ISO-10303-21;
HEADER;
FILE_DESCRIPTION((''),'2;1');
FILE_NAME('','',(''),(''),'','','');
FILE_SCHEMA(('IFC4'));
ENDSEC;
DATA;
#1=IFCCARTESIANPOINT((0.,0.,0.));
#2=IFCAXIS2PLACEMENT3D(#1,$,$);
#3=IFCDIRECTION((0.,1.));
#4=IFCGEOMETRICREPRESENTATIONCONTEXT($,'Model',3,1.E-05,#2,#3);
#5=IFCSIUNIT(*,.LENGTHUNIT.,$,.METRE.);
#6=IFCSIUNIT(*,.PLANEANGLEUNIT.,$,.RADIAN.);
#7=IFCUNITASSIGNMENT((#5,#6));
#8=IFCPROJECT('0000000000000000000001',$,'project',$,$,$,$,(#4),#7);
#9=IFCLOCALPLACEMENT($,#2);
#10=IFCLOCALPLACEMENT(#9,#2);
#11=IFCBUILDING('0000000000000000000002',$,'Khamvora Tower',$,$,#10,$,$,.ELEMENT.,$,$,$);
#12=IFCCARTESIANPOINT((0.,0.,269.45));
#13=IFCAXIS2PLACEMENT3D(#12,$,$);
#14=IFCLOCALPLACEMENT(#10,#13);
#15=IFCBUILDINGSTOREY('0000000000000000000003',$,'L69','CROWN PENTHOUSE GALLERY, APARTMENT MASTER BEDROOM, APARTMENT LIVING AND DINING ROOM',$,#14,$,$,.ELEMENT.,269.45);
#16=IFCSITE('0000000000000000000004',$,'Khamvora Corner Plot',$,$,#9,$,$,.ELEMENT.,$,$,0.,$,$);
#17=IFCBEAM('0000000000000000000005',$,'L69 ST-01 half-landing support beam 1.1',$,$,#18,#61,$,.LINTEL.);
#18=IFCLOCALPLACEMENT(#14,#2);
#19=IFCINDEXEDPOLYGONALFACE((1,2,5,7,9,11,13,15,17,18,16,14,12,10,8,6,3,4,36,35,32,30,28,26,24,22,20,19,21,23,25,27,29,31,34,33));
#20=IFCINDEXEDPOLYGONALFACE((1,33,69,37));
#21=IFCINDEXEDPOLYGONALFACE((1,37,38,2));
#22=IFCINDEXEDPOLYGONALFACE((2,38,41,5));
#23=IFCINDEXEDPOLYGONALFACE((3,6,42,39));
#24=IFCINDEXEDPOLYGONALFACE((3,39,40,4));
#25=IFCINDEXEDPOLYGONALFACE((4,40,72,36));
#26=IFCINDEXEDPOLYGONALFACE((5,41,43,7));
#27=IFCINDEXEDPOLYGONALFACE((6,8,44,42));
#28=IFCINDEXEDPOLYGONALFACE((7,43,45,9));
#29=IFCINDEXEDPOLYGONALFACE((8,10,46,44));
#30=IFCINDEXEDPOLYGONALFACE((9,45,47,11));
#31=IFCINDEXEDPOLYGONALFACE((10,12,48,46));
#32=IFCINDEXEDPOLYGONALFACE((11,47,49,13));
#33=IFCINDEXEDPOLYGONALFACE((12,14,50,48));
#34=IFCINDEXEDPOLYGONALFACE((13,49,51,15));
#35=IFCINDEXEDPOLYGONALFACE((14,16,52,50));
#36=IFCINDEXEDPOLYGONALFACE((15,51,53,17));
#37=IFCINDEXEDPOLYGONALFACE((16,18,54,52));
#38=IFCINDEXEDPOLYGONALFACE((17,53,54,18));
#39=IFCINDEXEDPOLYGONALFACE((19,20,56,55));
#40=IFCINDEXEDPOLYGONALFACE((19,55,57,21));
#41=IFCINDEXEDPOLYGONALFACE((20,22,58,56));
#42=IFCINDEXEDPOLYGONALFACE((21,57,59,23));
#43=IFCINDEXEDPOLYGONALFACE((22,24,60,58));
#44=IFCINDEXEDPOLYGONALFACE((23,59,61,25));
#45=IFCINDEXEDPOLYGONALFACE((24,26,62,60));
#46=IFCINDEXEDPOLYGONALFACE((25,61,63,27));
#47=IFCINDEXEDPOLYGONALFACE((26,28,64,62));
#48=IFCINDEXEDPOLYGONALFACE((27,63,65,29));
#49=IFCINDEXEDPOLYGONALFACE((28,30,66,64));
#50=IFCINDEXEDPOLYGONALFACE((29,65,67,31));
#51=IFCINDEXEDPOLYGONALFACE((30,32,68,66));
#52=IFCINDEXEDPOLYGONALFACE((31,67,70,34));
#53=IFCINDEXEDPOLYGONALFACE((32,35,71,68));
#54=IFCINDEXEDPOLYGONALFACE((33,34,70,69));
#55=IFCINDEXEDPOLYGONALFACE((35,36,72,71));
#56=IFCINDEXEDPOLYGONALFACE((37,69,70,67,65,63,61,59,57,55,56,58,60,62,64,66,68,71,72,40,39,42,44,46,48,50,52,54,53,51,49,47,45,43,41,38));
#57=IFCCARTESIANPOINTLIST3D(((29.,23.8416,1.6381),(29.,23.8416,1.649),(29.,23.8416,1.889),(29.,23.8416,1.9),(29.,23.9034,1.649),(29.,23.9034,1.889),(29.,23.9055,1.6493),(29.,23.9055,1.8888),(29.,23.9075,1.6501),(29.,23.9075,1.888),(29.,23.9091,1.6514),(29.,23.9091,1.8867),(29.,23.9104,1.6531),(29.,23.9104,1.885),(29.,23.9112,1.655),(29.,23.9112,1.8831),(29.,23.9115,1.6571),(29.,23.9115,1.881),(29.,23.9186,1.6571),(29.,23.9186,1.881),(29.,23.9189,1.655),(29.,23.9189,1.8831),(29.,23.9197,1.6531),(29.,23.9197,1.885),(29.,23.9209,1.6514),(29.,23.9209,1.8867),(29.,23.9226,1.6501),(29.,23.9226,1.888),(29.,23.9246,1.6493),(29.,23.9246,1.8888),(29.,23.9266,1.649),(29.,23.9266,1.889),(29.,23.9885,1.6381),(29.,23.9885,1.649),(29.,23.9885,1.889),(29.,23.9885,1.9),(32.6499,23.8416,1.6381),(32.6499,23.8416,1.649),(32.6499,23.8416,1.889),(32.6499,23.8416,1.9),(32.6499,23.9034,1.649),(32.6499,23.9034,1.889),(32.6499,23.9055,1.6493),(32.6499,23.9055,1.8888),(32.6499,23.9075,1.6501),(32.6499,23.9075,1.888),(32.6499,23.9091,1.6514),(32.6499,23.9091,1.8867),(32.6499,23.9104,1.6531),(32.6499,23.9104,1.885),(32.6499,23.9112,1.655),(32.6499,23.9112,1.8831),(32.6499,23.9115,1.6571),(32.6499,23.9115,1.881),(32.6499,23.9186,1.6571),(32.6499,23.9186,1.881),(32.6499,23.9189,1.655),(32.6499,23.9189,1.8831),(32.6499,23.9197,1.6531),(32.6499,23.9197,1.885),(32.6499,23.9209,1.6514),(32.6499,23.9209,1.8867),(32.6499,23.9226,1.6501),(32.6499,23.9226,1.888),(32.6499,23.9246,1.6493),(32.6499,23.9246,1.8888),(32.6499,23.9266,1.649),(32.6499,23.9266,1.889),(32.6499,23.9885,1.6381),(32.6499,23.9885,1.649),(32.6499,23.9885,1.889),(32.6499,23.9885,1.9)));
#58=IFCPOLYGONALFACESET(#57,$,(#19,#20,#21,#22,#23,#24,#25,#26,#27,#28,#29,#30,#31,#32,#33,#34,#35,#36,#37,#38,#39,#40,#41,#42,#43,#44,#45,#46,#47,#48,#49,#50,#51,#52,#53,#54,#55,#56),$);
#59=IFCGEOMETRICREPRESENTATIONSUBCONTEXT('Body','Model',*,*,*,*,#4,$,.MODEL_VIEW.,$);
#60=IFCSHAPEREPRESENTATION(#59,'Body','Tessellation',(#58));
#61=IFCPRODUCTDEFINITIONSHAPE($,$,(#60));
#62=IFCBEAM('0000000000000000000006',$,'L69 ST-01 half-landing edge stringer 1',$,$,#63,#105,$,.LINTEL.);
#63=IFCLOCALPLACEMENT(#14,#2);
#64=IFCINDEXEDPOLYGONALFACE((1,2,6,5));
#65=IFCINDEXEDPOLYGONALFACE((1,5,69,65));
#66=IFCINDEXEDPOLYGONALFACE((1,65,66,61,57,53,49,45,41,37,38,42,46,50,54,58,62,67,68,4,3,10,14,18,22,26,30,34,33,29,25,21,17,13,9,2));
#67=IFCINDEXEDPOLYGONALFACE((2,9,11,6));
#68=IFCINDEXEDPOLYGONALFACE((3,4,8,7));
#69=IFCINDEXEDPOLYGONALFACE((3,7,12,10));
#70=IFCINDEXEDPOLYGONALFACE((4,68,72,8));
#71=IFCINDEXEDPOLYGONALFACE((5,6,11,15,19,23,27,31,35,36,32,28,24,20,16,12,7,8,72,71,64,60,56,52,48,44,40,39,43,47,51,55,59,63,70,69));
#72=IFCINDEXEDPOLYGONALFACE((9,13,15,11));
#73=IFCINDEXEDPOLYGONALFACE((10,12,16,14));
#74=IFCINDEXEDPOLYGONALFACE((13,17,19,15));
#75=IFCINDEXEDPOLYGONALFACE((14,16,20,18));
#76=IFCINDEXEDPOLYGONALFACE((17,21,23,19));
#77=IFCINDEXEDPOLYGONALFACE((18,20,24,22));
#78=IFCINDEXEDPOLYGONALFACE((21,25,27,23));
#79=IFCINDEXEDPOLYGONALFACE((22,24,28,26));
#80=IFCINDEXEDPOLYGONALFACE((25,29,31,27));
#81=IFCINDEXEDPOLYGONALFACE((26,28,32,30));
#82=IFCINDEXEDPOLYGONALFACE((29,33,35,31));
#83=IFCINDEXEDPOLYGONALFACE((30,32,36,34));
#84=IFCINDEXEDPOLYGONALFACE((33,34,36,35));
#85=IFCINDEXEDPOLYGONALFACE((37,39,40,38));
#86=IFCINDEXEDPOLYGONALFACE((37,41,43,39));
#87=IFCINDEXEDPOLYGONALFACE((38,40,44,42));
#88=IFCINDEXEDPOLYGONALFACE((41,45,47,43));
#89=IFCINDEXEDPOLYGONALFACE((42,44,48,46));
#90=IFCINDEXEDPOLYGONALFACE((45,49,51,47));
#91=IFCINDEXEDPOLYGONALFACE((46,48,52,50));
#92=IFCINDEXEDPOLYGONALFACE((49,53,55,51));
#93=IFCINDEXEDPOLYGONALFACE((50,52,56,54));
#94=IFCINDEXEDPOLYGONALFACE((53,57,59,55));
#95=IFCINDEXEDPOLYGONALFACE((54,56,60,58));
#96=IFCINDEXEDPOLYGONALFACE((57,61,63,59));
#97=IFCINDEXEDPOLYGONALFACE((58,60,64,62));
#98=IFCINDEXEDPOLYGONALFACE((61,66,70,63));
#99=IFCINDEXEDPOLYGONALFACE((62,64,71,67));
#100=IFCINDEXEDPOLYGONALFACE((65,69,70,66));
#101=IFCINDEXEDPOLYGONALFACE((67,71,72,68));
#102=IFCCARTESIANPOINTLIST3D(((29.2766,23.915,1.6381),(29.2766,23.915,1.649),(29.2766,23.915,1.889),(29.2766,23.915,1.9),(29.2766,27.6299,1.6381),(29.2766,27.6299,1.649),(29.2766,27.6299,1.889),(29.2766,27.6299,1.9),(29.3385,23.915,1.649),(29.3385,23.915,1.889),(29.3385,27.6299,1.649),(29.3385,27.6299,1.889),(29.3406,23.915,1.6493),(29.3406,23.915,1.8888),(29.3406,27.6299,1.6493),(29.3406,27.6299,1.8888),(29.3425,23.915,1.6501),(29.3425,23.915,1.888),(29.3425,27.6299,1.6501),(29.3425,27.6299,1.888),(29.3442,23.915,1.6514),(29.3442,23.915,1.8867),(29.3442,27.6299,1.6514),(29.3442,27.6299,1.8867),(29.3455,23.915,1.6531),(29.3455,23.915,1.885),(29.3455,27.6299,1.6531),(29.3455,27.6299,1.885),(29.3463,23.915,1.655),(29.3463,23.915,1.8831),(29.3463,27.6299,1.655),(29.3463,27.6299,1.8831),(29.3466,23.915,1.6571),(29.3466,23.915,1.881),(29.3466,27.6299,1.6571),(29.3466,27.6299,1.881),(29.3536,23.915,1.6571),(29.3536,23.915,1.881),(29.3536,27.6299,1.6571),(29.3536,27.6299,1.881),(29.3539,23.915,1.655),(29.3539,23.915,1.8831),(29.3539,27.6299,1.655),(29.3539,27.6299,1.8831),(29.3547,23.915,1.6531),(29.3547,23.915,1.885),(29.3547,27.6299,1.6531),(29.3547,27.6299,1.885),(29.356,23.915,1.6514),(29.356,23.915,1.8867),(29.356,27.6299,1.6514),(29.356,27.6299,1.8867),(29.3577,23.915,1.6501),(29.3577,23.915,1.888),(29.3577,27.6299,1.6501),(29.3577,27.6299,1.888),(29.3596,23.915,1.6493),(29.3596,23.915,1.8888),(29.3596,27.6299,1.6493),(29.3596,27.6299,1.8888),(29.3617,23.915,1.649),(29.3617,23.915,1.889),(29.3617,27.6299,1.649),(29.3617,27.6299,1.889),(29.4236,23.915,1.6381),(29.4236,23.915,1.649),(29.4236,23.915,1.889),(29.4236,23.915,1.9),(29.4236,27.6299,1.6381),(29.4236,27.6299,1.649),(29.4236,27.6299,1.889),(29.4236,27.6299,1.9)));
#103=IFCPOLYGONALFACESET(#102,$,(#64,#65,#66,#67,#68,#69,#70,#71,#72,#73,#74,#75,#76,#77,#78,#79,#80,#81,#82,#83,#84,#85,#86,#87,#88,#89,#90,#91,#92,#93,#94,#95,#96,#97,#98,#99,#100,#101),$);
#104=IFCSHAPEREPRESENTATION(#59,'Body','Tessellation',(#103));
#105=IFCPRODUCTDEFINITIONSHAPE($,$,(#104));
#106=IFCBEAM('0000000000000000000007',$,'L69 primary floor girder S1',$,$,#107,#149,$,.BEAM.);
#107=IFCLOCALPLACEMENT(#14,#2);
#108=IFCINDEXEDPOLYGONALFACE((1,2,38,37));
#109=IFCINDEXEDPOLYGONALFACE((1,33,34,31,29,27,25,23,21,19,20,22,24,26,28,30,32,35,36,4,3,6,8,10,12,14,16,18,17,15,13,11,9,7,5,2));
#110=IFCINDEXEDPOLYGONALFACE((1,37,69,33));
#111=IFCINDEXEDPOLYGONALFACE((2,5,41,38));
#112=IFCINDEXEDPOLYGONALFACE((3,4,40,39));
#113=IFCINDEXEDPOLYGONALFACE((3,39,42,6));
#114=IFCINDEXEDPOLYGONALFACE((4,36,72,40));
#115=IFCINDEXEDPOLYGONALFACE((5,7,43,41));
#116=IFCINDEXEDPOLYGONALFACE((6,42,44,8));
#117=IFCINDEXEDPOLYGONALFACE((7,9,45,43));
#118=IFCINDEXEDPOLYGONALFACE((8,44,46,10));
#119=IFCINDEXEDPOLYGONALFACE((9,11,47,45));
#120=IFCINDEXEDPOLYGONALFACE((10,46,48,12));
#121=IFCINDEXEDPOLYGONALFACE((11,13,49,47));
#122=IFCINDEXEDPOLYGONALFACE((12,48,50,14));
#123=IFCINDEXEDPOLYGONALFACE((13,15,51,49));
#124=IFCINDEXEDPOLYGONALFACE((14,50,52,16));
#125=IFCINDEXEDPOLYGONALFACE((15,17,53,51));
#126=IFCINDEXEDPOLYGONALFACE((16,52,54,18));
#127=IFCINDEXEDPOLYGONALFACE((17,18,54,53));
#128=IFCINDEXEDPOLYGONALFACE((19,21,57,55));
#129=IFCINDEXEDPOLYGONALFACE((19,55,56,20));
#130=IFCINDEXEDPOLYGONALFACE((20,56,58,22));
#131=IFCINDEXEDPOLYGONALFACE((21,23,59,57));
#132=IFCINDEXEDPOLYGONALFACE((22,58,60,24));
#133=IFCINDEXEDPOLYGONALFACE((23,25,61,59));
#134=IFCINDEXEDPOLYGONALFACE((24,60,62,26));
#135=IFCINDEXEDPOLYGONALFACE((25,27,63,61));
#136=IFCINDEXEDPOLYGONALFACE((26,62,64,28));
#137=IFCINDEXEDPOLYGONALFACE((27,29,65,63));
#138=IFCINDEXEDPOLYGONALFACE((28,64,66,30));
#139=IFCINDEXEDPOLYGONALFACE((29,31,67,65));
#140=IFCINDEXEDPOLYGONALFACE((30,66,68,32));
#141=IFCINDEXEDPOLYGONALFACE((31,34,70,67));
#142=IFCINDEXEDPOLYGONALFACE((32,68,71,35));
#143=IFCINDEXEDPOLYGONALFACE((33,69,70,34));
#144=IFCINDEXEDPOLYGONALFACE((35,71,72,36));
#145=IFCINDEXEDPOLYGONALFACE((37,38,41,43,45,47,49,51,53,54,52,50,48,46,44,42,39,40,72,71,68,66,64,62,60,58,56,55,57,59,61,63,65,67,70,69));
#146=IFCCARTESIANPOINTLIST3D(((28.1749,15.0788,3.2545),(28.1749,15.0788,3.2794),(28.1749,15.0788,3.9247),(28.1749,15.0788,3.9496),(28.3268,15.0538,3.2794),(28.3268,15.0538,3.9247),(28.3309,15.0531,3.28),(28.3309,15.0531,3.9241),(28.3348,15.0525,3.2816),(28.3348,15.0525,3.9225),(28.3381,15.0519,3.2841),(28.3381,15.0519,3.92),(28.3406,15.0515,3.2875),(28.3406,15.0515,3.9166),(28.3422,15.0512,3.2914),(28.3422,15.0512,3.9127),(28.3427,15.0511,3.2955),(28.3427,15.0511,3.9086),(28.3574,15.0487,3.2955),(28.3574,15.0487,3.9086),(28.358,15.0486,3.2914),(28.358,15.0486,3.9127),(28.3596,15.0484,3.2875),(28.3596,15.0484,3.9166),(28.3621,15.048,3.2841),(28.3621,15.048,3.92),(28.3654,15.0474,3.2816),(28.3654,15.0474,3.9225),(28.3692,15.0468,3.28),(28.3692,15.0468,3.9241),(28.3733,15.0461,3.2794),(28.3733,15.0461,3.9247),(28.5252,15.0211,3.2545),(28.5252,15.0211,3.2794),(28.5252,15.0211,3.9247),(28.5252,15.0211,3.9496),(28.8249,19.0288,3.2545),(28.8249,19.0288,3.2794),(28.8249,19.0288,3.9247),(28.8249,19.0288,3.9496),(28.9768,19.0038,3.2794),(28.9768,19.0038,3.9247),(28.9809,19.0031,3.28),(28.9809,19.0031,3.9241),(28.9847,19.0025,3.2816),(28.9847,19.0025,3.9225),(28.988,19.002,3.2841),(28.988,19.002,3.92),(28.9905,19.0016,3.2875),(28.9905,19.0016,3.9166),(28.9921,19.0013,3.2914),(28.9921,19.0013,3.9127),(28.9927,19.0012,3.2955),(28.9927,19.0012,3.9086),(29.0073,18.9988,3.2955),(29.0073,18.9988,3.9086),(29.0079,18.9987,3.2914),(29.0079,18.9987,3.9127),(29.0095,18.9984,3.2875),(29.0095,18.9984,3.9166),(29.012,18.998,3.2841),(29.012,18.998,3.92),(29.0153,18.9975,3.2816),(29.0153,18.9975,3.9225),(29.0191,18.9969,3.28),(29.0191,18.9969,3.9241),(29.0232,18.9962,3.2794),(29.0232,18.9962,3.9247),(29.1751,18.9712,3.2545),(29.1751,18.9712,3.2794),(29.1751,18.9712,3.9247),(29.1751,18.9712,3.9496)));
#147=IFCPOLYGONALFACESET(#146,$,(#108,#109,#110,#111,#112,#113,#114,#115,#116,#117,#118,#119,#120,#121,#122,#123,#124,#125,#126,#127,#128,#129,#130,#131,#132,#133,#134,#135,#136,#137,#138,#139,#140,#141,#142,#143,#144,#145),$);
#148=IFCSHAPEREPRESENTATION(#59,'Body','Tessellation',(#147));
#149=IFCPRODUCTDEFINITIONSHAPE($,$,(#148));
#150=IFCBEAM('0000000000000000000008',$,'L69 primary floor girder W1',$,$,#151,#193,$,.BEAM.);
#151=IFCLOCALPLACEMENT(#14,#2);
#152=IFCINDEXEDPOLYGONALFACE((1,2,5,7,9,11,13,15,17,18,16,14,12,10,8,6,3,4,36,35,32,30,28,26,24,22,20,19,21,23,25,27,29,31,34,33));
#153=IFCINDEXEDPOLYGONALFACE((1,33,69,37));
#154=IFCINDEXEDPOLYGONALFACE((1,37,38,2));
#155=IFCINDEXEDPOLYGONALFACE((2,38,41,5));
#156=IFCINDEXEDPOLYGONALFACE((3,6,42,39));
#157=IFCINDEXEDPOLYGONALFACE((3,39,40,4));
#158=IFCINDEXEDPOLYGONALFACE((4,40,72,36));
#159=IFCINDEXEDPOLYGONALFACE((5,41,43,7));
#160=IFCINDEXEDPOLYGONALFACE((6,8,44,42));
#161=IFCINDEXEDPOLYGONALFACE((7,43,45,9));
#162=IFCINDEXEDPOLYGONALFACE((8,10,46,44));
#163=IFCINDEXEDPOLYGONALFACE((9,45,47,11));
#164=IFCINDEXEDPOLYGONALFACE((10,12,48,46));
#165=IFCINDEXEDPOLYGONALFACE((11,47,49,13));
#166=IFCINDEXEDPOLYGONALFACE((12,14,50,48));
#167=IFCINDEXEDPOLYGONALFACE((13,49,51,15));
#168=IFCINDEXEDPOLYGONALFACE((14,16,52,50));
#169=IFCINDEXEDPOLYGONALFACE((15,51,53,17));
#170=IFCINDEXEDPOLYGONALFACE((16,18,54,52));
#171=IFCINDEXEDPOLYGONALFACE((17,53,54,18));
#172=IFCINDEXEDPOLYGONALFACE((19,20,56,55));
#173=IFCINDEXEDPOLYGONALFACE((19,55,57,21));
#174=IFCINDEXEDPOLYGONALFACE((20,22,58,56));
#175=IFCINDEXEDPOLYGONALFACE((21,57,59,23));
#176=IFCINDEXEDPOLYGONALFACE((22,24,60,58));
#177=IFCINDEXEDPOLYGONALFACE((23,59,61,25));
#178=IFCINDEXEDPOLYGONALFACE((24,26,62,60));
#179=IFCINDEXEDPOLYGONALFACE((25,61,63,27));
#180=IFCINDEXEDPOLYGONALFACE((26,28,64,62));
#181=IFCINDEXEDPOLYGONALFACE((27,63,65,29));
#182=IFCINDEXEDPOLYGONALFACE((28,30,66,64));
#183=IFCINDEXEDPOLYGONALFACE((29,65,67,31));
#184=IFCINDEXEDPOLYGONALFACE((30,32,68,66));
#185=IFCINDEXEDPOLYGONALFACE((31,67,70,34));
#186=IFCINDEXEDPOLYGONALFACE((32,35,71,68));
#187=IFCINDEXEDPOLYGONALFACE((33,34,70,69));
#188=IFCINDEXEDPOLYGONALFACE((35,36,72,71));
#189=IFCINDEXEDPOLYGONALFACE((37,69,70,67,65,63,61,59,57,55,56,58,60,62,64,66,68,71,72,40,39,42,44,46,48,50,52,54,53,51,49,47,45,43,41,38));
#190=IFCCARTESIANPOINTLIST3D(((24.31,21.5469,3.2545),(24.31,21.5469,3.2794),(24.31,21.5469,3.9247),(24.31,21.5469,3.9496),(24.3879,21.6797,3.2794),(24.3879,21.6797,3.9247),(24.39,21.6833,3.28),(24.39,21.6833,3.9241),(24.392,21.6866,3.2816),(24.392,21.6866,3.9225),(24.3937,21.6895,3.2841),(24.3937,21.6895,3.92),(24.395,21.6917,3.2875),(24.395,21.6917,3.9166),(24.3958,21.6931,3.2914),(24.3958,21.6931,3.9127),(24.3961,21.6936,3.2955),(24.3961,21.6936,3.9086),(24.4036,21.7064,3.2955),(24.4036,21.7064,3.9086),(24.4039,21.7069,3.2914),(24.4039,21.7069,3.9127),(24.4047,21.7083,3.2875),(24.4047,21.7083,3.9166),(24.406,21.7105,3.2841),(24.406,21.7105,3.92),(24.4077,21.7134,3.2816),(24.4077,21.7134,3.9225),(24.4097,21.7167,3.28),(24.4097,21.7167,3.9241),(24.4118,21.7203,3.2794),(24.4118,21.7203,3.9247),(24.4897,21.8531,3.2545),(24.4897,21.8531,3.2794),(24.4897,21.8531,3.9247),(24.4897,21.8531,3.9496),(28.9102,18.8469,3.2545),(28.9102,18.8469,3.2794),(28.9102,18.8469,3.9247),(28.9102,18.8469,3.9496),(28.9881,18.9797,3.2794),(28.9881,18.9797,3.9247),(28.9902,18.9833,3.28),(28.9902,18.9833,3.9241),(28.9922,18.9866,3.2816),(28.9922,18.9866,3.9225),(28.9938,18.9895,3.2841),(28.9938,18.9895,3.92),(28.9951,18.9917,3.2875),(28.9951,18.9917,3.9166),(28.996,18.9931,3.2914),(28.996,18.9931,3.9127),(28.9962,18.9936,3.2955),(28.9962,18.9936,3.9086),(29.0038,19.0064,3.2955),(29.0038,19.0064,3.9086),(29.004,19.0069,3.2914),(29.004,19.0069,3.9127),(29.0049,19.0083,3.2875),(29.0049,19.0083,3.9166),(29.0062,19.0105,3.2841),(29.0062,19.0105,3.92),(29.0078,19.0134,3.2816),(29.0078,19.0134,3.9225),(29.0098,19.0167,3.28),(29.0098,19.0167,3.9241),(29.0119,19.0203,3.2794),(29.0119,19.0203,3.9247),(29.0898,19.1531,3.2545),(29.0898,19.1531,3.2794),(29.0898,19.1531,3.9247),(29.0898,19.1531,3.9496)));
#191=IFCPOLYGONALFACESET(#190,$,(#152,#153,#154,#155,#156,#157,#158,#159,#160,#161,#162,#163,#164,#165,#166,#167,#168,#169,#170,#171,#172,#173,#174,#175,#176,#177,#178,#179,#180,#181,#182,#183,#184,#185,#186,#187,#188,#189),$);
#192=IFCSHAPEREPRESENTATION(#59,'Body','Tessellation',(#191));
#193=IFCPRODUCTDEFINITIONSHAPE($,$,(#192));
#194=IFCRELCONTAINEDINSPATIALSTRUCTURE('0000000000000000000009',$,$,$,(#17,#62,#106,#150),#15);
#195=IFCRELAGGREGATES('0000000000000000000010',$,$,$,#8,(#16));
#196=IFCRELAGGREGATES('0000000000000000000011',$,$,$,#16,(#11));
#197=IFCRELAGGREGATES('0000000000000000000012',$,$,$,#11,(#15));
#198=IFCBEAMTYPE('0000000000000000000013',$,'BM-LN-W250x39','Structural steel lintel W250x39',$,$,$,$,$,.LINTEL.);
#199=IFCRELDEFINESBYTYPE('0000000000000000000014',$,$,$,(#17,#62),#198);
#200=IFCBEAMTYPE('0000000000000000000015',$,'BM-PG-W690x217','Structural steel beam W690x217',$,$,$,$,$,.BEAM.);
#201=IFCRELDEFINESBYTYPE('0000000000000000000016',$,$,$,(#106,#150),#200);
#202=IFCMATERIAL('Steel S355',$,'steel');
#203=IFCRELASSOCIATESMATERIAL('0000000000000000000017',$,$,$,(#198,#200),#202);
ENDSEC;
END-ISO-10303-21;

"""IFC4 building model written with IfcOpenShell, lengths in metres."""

from ifc_helpers import new_model, si_unit, direction, frame, origin, origin_2d, place, context, subcontext, project, spatial, i_section, extrude, material, material_profile, profile_set, type_object, element, save


model = new_model("IFC4")

# Units and contexts
model_context = context("Model", 3, precision=1e-05, world=origin(), true_north=direction((0.0, 1.0)))
body_context = subcontext(model_context, "Body", "Model", "MODEL_VIEW")
ifc_project = project(units=[si_unit("LENGTHUNIT", "METRE"), si_unit("PLANEANGLEUNIT", "RADIAN")], contexts=[model_context])

# Site, building, storey
site_placement = place(None, origin())
site = spatial("IfcSite", under=ifc_project, at=site_placement, Name="Khamvora Corner Plot", CompositionType="ELEMENT", RefElevation=0.0)
building_placement = place(site_placement, origin())
building = spatial("IfcBuilding", under=site, at=building_placement, Name="Khamvora Tower", CompositionType="ELEMENT")
storey_placement = place(building_placement, frame((0.0, 0.0, 269.45)))
storey = spatial("IfcBuildingStorey", under=building, at=storey_placement, Name="L69", Description="CROWN PENTHOUSE GALLERY, APARTMENT MASTER BEDROOM, APARTMENT LIVING AND DINING ROOM", CompositionType="ELEMENT", Elevation=269.45)

# Beams
ifc_material_1 = material(Name="Steel S355", Category="steel")
ifc_material_profile_1 = material_profile(ifc_material_1, i_section(OverallWidth=0.147, OverallDepth=0.262, WebThickness=0.0071, FlangeThickness=0.011, FilletRadius=0.0081, at=origin_2d()), Name="W250x39")
ifc_profile_set_1 = profile_set([ifc_material_profile_1], Name="Steel S355")
beam_type_1 = type_object("IfcBeamType", Name="BM-LN-W250x39", Description="Structural steel lintel W250x39", PredefinedType="LINTEL", material=ifc_profile_set_1)
beam_1_placement = place(storey_placement, frame((29.0, 23.915, 1.769), z_axis=(1.0, 0.0, 0.0), x_axis=(0.0, 1.0, 0.0)))
element("IfcBeam", 1, at=beam_1_placement, inside=storey, type_object=beam_type_1, Name="L69 ST-01 half-landing support beam 1.1", PredefinedType="LINTEL", context=body_context, shape_type="SweptSolid", body=[
    extrude(i_section(OverallWidth=0.147, OverallDepth=0.262, WebThickness=0.0071, FlangeThickness=0.011, FilletRadius=0.0081, at=origin_2d()), origin(), (0.0, 0.0, 1.0), 3.6499),
])
beam_2_placement = place(storey_placement, frame((29.3501, 23.915, 1.769), z_axis=(0.0, 1.0, 0.0), x_axis=(-1.0, 0.0, 0.0)))
element("IfcBeam", 2, at=beam_2_placement, inside=storey, type_object=beam_type_1, Name="L69 ST-01 half-landing edge stringer 1", PredefinedType="LINTEL", context=body_context, shape_type="SweptSolid", body=[
    extrude(i_section(OverallWidth=0.147, OverallDepth=0.262, WebThickness=0.0071, FlangeThickness=0.011, FilletRadius=0.0081, at=origin_2d()), origin(), (0.0, 0.0, 1.0), 3.7148),
])
ifc_material_profile_2 = material_profile(ifc_material_1, i_section(OverallWidth=0.355, OverallDepth=0.6951, WebThickness=0.0149, FlangeThickness=0.0249, FilletRadius=0.0161, at=origin_2d()), Name="W690x217")
ifc_profile_set_2 = profile_set([ifc_material_profile_2], Name="Steel S355")
beam_type_2 = type_object("IfcBeamType", Name="BM-PG-W690x217", Description="Structural steel beam W690x217", PredefinedType="BEAM", material=ifc_profile_set_2)
beam_3_placement = place(storey_placement, frame((29.0, 19.0, 3.6021), z_axis=(-0.162351, -0.986733, 0.0), x_axis=(0.986733, -0.162351, 0.0)))
element("IfcBeam", 3, at=beam_3_placement, inside=storey, type_object=beam_type_2, Name="L69 primary floor girder S1", PredefinedType="BEAM", context=body_context, shape_type="SweptSolid", body=[
    extrude(i_section(OverallWidth=0.355, OverallDepth=0.6951, WebThickness=0.0149, FlangeThickness=0.0249, FilletRadius=0.0161, at=origin_2d()), origin(), (0.0, 0.0, 1.0), 4.0032),
])
beam_4_placement = place(storey_placement, frame((29.0, 19.0, 3.6021), z_axis=(-0.862424, 0.506186, 0.0), x_axis=(-0.506186, -0.862424, 0.0)))
element("IfcBeam", 4, at=beam_4_placement, inside=storey, type_object=beam_type_2, Name="L69 primary floor girder W1", PredefinedType="BEAM", context=body_context, shape_type="SweptSolid", body=[
    extrude(i_section(OverallWidth=0.355, OverallDepth=0.6951, WebThickness=0.0149, FlangeThickness=0.0249, FilletRadius=0.0161, at=origin_2d()), origin(), (0.0, 0.0, 1.0), 5.334),
])

save(model, "model.ifc")
